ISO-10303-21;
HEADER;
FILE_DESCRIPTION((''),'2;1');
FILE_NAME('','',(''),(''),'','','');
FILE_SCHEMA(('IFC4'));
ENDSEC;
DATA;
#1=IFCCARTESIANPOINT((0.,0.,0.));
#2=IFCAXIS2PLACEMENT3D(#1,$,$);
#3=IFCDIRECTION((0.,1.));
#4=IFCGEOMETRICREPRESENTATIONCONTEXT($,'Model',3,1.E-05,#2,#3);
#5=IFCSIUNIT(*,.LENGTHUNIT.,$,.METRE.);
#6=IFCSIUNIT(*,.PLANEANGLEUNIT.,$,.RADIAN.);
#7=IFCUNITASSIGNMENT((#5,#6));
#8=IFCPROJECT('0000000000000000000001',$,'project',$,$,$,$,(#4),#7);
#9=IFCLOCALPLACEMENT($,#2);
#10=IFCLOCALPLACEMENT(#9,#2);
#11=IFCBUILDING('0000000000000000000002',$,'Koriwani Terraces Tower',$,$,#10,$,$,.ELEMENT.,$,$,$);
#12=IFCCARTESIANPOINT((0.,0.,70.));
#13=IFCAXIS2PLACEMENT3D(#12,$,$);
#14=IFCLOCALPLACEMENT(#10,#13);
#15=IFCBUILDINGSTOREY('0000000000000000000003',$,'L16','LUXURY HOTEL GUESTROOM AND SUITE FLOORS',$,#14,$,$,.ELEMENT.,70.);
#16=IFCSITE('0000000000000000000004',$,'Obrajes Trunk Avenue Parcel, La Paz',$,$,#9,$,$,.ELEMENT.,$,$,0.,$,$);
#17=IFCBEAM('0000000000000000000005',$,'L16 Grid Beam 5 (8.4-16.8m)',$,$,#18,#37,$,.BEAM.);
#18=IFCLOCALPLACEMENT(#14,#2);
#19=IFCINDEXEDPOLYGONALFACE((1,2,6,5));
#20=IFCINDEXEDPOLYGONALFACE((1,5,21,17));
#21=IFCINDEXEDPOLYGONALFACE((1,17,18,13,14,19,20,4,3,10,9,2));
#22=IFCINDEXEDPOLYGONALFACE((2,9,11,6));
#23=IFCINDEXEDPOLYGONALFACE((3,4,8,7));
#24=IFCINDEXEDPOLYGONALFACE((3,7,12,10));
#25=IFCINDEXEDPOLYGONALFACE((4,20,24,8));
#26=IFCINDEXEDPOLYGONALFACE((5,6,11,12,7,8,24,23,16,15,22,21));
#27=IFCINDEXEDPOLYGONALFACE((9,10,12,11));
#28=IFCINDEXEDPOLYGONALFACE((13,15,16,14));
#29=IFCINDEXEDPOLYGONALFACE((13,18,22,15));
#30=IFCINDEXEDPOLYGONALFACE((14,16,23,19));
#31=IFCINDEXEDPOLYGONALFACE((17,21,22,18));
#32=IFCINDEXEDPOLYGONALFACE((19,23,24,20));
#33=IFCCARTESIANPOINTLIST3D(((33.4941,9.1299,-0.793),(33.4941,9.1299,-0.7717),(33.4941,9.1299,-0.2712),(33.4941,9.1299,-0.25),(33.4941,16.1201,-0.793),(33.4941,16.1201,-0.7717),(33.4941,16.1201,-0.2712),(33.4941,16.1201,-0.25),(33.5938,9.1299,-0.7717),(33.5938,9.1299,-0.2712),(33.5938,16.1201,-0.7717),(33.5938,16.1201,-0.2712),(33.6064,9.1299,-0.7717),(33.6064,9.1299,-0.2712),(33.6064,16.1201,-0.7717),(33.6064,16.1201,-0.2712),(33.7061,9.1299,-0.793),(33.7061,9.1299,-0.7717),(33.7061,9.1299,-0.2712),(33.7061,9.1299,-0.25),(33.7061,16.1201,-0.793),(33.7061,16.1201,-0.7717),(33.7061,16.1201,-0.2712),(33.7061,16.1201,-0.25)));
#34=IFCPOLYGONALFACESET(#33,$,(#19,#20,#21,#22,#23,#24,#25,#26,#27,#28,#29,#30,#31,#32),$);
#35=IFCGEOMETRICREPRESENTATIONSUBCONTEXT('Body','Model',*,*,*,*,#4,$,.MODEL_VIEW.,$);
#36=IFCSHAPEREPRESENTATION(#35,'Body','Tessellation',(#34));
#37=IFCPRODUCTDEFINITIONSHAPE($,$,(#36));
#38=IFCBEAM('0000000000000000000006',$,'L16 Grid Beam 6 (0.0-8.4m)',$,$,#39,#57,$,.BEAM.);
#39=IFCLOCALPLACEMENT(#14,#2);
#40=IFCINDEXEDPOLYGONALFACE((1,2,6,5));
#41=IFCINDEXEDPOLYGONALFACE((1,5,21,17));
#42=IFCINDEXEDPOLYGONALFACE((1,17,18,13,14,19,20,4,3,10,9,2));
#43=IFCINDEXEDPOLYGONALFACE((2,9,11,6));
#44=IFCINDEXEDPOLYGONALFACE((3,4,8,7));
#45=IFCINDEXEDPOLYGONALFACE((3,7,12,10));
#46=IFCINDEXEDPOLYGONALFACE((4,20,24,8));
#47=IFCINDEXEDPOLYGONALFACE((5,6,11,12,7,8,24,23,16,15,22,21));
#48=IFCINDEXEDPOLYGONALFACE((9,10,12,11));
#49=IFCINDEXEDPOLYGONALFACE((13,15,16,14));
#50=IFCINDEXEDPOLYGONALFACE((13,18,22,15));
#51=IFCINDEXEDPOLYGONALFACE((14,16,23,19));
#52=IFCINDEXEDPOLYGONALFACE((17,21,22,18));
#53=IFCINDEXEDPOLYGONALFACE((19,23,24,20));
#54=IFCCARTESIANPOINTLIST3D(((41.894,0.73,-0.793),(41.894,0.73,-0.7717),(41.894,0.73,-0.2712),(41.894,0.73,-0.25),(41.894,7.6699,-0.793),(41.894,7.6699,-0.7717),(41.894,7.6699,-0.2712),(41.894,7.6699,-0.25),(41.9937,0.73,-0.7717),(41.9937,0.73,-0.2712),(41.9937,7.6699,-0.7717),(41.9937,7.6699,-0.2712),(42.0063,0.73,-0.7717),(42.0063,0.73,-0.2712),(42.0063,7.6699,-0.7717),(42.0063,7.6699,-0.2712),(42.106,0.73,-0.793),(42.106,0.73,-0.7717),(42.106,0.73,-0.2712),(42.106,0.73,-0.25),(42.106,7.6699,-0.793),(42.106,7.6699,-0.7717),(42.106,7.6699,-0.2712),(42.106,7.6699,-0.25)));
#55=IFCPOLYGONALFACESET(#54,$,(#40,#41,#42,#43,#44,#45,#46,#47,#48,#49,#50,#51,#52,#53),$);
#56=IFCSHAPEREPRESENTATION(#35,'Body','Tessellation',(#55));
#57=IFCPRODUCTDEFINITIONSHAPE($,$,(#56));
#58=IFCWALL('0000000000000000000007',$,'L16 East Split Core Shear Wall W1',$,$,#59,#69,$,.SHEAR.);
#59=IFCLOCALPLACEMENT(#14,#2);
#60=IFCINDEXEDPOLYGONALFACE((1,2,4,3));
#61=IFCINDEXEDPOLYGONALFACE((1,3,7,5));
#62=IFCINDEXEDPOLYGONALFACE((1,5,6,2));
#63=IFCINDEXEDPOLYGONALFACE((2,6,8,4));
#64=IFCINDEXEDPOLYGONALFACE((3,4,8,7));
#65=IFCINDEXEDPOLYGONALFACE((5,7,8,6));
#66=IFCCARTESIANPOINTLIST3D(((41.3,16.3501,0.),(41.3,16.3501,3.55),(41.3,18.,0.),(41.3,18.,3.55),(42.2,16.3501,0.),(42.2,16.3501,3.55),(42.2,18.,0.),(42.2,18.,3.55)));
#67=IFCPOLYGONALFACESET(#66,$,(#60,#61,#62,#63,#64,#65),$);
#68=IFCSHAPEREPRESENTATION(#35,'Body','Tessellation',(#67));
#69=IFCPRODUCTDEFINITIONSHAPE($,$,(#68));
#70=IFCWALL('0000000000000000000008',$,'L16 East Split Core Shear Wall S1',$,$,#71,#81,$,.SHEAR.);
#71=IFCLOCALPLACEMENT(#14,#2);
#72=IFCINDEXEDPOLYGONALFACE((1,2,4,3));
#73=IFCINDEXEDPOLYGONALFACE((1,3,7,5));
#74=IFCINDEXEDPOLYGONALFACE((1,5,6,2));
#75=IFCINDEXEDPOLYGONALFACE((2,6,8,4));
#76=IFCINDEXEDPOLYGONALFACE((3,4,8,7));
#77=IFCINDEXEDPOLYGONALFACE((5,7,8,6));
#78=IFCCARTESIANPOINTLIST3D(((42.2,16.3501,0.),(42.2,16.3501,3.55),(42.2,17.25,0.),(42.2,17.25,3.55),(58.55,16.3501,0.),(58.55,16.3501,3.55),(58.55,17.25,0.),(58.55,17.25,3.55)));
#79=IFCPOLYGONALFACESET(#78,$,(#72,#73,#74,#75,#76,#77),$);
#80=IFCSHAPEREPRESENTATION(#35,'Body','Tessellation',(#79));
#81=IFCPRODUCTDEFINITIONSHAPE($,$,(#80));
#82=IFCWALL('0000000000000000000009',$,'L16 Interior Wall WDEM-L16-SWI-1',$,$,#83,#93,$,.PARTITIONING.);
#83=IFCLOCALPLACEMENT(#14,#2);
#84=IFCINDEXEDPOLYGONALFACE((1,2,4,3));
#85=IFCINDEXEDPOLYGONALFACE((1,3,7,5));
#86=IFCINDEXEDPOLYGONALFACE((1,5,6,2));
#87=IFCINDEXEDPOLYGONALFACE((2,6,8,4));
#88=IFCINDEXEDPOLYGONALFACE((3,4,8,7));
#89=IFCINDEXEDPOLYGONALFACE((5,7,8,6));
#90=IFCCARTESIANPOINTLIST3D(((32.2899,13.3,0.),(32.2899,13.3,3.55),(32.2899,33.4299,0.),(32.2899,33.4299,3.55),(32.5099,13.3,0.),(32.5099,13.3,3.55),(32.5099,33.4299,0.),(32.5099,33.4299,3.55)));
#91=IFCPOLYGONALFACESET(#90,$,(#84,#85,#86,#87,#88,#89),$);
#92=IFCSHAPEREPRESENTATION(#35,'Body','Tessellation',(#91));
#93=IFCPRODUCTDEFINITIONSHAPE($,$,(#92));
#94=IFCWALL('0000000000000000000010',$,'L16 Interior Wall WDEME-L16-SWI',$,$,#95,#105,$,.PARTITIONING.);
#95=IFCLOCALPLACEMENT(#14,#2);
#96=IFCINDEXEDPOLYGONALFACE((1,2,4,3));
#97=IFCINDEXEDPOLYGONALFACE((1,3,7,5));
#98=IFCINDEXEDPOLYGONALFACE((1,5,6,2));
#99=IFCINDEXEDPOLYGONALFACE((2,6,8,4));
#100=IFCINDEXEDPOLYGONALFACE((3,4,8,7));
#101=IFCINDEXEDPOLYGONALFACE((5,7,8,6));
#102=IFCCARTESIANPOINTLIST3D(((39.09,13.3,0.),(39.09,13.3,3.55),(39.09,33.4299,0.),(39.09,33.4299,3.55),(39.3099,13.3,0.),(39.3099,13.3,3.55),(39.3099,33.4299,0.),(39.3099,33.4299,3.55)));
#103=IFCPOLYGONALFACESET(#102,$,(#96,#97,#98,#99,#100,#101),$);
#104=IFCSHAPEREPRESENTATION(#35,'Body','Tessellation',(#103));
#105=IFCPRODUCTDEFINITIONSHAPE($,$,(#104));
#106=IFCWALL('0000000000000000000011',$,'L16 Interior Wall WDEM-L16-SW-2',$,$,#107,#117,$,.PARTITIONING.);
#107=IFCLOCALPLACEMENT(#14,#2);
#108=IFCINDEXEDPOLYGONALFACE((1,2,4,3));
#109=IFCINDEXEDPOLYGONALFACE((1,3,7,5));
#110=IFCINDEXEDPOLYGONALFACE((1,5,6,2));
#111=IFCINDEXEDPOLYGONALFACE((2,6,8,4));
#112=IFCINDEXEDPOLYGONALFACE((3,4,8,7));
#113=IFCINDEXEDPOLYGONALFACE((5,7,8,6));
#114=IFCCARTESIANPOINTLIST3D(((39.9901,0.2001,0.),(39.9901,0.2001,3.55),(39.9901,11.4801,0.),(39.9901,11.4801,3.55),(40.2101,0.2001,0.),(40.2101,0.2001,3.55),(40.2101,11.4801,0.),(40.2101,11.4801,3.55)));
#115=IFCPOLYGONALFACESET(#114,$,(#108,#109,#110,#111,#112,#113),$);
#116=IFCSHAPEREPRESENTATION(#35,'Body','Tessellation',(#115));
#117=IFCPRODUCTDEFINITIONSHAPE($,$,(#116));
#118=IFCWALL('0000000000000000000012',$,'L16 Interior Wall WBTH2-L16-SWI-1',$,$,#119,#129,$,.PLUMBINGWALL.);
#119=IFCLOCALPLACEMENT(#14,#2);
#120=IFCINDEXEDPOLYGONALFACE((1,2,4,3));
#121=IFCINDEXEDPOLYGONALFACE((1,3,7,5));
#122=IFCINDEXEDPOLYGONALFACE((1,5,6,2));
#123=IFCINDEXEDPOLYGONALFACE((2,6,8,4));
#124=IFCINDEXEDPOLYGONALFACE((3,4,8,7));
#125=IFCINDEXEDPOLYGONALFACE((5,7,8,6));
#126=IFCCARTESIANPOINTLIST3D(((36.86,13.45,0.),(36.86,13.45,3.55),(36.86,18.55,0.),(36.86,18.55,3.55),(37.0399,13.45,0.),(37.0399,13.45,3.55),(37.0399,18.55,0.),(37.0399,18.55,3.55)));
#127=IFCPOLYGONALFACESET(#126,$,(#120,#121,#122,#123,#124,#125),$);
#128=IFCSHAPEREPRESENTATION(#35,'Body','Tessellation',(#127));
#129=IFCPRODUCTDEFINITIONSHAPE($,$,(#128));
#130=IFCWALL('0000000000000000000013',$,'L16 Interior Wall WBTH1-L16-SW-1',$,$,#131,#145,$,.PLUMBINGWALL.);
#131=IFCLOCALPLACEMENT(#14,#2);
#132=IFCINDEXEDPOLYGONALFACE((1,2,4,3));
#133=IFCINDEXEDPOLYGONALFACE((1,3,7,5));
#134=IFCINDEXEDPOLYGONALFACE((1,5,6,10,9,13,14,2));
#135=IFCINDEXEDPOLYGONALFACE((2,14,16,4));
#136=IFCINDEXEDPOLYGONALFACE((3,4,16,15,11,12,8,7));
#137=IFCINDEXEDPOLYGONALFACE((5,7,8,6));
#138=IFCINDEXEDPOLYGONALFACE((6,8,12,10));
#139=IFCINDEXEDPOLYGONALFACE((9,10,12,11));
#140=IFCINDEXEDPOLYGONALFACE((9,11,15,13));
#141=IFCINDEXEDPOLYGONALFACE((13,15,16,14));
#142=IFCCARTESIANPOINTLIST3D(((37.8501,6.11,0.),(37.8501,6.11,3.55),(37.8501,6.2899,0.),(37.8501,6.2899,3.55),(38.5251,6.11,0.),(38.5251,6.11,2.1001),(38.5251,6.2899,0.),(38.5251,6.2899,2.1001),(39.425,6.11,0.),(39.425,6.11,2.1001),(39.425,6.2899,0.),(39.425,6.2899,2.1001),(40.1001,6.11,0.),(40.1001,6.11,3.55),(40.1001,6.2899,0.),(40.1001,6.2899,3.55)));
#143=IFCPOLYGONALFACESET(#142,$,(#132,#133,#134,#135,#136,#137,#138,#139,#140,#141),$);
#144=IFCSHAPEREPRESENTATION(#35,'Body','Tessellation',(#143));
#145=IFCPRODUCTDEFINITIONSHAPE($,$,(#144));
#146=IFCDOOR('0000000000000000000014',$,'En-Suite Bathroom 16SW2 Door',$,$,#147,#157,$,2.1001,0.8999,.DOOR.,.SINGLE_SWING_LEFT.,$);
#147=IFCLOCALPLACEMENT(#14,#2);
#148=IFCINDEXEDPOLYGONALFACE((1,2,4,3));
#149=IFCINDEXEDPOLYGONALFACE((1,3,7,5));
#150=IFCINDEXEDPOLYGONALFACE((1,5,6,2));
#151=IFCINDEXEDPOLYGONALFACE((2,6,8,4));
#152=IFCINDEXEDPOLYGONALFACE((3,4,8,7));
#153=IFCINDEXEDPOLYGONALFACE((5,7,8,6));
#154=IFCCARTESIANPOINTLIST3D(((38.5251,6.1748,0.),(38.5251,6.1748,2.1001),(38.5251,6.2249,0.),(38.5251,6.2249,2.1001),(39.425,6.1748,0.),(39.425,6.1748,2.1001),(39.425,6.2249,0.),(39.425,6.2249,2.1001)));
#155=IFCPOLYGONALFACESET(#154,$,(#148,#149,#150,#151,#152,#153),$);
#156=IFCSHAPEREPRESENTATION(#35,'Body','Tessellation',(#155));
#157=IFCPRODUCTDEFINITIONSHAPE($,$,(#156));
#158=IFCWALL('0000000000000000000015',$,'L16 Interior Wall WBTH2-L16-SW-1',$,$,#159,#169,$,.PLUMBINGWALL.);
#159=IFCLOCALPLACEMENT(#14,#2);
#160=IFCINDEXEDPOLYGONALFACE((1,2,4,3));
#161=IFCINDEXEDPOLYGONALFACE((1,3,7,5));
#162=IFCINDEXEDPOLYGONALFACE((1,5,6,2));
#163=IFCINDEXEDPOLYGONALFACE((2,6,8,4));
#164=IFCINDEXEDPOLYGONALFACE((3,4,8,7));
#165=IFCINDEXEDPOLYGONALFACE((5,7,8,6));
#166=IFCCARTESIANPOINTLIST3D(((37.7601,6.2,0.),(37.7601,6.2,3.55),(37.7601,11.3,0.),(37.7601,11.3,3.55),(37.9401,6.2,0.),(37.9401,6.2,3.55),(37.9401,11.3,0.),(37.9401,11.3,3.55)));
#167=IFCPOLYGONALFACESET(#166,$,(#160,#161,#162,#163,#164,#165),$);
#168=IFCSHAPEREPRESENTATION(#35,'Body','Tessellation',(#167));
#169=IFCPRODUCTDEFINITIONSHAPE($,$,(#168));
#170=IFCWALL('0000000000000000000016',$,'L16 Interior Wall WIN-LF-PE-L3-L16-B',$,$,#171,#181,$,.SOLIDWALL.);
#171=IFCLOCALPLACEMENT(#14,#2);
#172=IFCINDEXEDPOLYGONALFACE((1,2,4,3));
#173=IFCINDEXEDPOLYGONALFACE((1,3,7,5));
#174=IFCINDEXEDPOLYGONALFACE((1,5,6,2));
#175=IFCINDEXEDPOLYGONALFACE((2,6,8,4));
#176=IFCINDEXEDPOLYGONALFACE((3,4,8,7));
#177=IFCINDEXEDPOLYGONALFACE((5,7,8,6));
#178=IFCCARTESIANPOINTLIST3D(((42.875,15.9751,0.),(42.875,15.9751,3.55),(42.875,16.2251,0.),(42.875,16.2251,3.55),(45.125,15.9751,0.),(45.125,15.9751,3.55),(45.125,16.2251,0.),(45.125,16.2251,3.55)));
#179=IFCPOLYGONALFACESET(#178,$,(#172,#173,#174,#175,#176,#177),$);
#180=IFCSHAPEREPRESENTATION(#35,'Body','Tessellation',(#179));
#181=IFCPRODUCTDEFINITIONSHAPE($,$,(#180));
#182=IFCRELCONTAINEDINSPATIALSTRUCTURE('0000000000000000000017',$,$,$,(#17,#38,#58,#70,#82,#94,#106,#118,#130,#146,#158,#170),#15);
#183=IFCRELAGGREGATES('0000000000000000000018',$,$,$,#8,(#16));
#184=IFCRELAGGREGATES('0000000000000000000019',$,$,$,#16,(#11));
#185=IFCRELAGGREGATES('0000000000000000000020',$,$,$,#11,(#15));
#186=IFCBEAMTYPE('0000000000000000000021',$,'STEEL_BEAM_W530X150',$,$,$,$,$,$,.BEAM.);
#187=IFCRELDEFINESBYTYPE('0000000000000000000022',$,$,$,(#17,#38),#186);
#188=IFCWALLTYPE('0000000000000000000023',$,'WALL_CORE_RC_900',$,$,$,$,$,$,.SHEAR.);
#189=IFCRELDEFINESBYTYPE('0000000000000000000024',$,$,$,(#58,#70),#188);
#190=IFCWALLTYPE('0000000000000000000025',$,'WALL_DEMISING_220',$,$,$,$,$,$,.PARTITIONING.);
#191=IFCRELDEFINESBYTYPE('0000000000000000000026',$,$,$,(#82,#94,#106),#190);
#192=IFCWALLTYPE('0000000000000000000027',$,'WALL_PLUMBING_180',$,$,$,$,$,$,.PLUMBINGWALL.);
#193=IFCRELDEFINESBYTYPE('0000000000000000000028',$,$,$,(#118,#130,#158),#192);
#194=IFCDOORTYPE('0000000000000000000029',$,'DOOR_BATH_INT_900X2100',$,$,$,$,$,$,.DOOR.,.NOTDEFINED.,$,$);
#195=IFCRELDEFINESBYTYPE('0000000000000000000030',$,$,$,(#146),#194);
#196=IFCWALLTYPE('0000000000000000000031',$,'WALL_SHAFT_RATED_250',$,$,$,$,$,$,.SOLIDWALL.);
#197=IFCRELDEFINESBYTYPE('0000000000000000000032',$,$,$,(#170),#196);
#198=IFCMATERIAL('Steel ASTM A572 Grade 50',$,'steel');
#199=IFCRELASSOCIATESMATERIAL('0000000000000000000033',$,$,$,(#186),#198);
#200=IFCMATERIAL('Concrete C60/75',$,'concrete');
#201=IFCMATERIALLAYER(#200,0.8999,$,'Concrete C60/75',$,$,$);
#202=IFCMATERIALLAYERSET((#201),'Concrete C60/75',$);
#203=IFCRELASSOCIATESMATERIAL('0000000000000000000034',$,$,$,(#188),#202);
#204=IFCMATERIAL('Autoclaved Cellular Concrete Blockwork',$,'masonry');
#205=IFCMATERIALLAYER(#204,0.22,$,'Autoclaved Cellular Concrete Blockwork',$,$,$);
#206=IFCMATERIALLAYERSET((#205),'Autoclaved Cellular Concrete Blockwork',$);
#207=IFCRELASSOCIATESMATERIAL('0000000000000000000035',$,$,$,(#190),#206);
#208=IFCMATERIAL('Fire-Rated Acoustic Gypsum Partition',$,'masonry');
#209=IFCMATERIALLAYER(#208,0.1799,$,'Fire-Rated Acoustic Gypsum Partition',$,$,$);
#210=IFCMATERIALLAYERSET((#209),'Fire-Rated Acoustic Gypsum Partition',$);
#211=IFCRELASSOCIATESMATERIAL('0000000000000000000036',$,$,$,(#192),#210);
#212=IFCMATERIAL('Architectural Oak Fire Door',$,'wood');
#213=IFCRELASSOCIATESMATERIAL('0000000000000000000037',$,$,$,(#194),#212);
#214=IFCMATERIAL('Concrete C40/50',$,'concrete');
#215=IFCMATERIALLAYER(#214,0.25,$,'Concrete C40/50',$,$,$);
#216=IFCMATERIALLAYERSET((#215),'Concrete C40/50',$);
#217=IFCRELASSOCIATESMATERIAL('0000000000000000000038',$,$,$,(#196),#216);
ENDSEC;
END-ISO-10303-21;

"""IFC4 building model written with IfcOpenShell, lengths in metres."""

from ifc_helpers import new_model, si_unit, direction, frame, frame_2d, origin, origin_2d, place, context, subcontext, project, spatial, rectangle, i_section, extrude, material, layer, layer_set, material_profile, profile_set, type_object, element, fill, save


model = new_model("IFC4")

# Units and contexts
model_context = context("Model", 3, precision=1e-05, world=origin(), true_north=direction((0.0, 1.0)))
body_context = subcontext(model_context, "Body", "Model", "MODEL_VIEW")
ifc_project = project(units=[si_unit("LENGTHUNIT", "METRE"), si_unit("PLANEANGLEUNIT", "RADIAN")], contexts=[model_context])

# Site, building, storey
site_placement = place(None, origin())
site = spatial("IfcSite", under=ifc_project, at=site_placement, Name="Obrajes Trunk Avenue Parcel, La Paz", CompositionType="ELEMENT", RefElevation=0.0)
building_placement = place(site_placement, origin())
building = spatial("IfcBuilding", under=site, at=building_placement, Name="Koriwani Terraces Tower", CompositionType="ELEMENT")
storey_placement = place(building_placement, frame((0.0, 0.0, 70.0)))
storey = spatial("IfcBuildingStorey", under=building, at=storey_placement, Name="L16", Description="LUXURY HOTEL GUESTROOM AND SUITE FLOORS", CompositionType="ELEMENT", Elevation=70.0)

# Shared definitions
ifc_material_1 = material(Name="Concrete C60/75", Category="concrete")

# Beams
ifc_material_2 = material(Name="Concrete C40/50", Category="concrete")
ifc_material_3 = material(Name="Steel ASTM A572 Grade 50", Category="steel")
ifc_material_profile_1 = material_profile(ifc_material_3, i_section(OverallWidth=0.2119, OverallDepth=0.543, WebThickness=0.0127, FlangeThickness=0.0212, at=origin_2d()), Name="Steel ASTM A572 Grade 50", Category="LoadBearing")
ifc_profile_set_1 = profile_set([ifc_material_profile_1], Name="Steel ASTM A572 Grade 50")
beam_type_1 = type_object("IfcBeamType", Name="STEEL_BEAM_W530X150", PredefinedType="BEAM", material=ifc_profile_set_1)
beam_1_placement = place(storey_placement, frame((33.6001, 9.1299, -0.5215), z_axis=(0.0, 1.0, 0.0), x_axis=(-1.0, 0.0, 0.0)))
element("IfcBeam", 1, at=beam_1_placement, inside=storey, type_object=beam_type_1, Name="L16 Grid Beam 5 (8.4-16.8m)", PredefinedType="BEAM", context=body_context, shape_type="SweptSolid", body=[
    extrude(i_section(OverallWidth=0.2119, OverallDepth=0.543, WebThickness=0.0127, FlangeThickness=0.0212, at=origin_2d()), origin(), (0.0, 0.0, 1.0), 6.9902),
])
beam_2_placement = place(storey_placement, frame((42.0, 0.73, -0.5215), z_axis=(0.0, 1.0, 0.0), x_axis=(-1.0, 0.0, 0.0)))
element("IfcBeam", 2, at=beam_2_placement, inside=storey, type_object=beam_type_1, Name="L16 Grid Beam 6 (0.0-8.4m)", PredefinedType="BEAM", context=body_context, shape_type="SweptSolid", body=[
    extrude(i_section(OverallWidth=0.2119, OverallDepth=0.543, WebThickness=0.0127, FlangeThickness=0.0212, at=origin_2d()), origin(), (0.0, 0.0, 1.0), 6.9399),
])

# Walls
ifc_layer_1 = layer(ifc_material_1, 0.8999, Name="Concrete C60/75")
ifc_layer_set_1 = layer_set([ifc_layer_1], Name="Concrete C60/75")
wall_type_1 = type_object("IfcWallType", Name="WALL_CORE_RC_900", PredefinedType="SHEAR", material=ifc_layer_set_1)
wall_1_placement = place(storey_placement, frame((41.75, 16.3501, 0.0), z_axis=(0.0, 0.0, 1.0), x_axis=(0.0, 1.0, 0.0)))
element("IfcWall", 3, at=wall_1_placement, inside=storey, type_object=wall_type_1, Name="L16 East Split Core Shear Wall W1", PredefinedType="SHEAR", context=body_context, shape_type="SweptSolid", body=[
    extrude(rectangle(XDim=1.6499, YDim=0.8999, at=frame_2d((0.825, 0.0))), origin(), (0.0, 0.0, 1.0), 3.55),
])
wall_2_placement = place(storey_placement, frame((42.2, 16.8, 0.0), z_axis=(0.0, 0.0, 1.0), x_axis=(1.0, 0.0, 0.0)))
element("IfcWall", 4, at=wall_2_placement, inside=storey, type_object=wall_type_1, Name="L16 East Split Core Shear Wall S1", PredefinedType="SHEAR", context=body_context, shape_type="SweptSolid", body=[
    extrude(rectangle(XDim=16.3501, YDim=0.8999, at=frame_2d((8.175, 0.0))), origin(), (0.0, 0.0, 1.0), 3.55),
])
ifc_material_4 = material(Name="Autoclaved Cellular Concrete Blockwork", Category="masonry")
ifc_layer_2 = layer(ifc_material_4, 0.22, Name="Autoclaved Cellular Concrete Blockwork")
ifc_layer_set_2 = layer_set([ifc_layer_2], Name="Autoclaved Cellular Concrete Blockwork")
wall_type_2 = type_object("IfcWallType", Name="WALL_DEMISING_220", PredefinedType="PARTITIONING", material=ifc_layer_set_2)
for number, where, z_axis, x_axis, name in (
    (5, (32.3999, 13.3, 0.0), (0.0, 0.0, 1.0), (0.0, 1.0, 0.0), "L16 Interior Wall WDEM-L16-SWI-1"),
    (6, (39.2, 13.3, 0.0), (0.0, 0.0, 1.0), (0.0, 1.0, 0.0), "L16 Interior Wall WDEME-L16-SWI"),
):
    element("IfcWall", number, at=place(storey_placement, frame(where, z_axis=z_axis, x_axis=x_axis)), inside=storey, type_object=wall_type_2, Name=name, PredefinedType="PARTITIONING", context=body_context, shape_type="SweptSolid", body=[
        extrude(rectangle(XDim=20.1299, YDim=0.22, at=frame_2d((10.0649, 0.0))), origin(), (0.0, 0.0, 1.0), 3.55),
    ])
wall_3_placement = place(storey_placement, frame((40.1001, 0.2, 0.0), z_axis=(0.0, 0.0, 1.0), x_axis=(0.0, 1.0, 0.0)))
element("IfcWall", 7, at=wall_3_placement, inside=storey, type_object=wall_type_2, Name="L16 Interior Wall WDEM-L16-SW-2", PredefinedType="PARTITIONING", context=body_context, shape_type="SweptSolid", body=[
    extrude(rectangle(XDim=11.28, YDim=0.22, at=frame_2d((5.6401, 0.0))), origin(), (0.0, 0.0, 1.0), 3.55),
])
ifc_material_5 = material(Name="Fire-Rated Acoustic Gypsum Partition", Category="masonry")
ifc_layer_3 = layer(ifc_material_5, 0.1799, Name="Fire-Rated Acoustic Gypsum Partition")
ifc_layer_set_3 = layer_set([ifc_layer_3], Name="Fire-Rated Acoustic Gypsum Partition")
wall_type_3 = type_object("IfcWallType", Name="WALL_PLUMBING_180", PredefinedType="PLUMBINGWALL", material=ifc_layer_set_3)
wall_4_placement = place(storey_placement, frame((36.95, 13.45, 0.0), z_axis=(0.0, 0.0, 1.0), x_axis=(0.0, 1.0, 0.0)))
element("IfcWall", 8, at=wall_4_placement, inside=storey, type_object=wall_type_3, Name="L16 Interior Wall WBTH2-L16-SWI-1", PredefinedType="PLUMBINGWALL", context=body_context, shape_type="SweptSolid", body=[
    extrude(rectangle(XDim=5.1001, YDim=0.1799, at=frame_2d((2.55, 0.0))), origin(), (0.0, 0.0, 1.0), 3.55),
])

# Wall, opening, door
wall_5_placement = place(storey_placement, frame((37.8501, 6.2, 0.0), z_axis=(0.0, 0.0, 1.0), x_axis=(1.0, 0.0, 0.0)))
wall_5 = element("IfcWall", 9, at=wall_5_placement, inside=storey, type_object=wall_type_3, Name="L16 Interior Wall WBTH1-L16-SW-1", PredefinedType="PLUMBINGWALL", context=body_context, shape_type="SweptSolid", body=[
    extrude(rectangle(XDim=2.25, YDim=0.1799, at=frame_2d((1.125, 0.0))), origin(), (0.0, 0.0, 1.0), 3.55),
])
opening_1_placement = place(wall_5_placement, frame((0.675, 0.0, 0.0)))
opening_1 = element("IfcOpeningElement", 10, at=opening_1_placement, cuts=wall_5, PredefinedType="OPENING", context=body_context, shape_type="SweptSolid", body=[
    extrude(rectangle(XDim=0.8999, YDim=2.1001, at=frame_2d((0.45, 1.05))), frame((0.0, 0.1001, 0.0), z_axis=(0.0, -1.0, 0.0), x_axis=(1.0, 0.0, 0.0)), (0.0, 0.0, 1.0), 0.2),
])
ifc_material_6 = material(Name="Architectural Oak Fire Door", Category="wood")
door_type_1 = type_object("IfcDoorType", Name="DOOR_BATH_INT_900X2100", OperationType="NOTDEFINED", PredefinedType="DOOR", material=ifc_material_6)
door_1_placement = place(opening_1_placement, origin())
door_1 = element("IfcDoor", 11, at=door_1_placement, inside=storey, type_object=door_type_1, Name="En-Suite Bathroom 16SW2 Door", OperationType="SINGLE_SWING_LEFT", OverallHeight=2.1001, OverallWidth=0.8999, PredefinedType="DOOR", context=body_context, shape_type="SweptSolid", body=[
    extrude(rectangle(XDim=0.8999, YDim=2.1001, at=frame_2d((0.45, 1.05))), frame((0.0, 0.0249, 0.0), z_axis=(0.0, -1.0, 0.0), x_axis=(1.0, 0.0, 0.0)), (0.0, 0.0, 1.0), 0.05),
])
fill(opening_1, door_1)

# Wall
wall_6_placement = place(storey_placement, frame((37.8501, 6.2, 0.0), z_axis=(0.0, 0.0, 1.0), x_axis=(0.0, 1.0, 0.0)))
element("IfcWall", 12, at=wall_6_placement, inside=storey, type_object=wall_type_3, Name="L16 Interior Wall WBTH2-L16-SW-1", PredefinedType="PLUMBINGWALL", context=body_context, shape_type="SweptSolid", body=[
    extrude(rectangle(XDim=5.1001, YDim=0.1799, at=frame_2d((2.55, 0.0))), origin(), (0.0, 0.0, 1.0), 3.55),
])

# Shared definitions
ifc_layer_4 = layer(ifc_material_2, 0.25, Name="Concrete C40/50")
ifc_layer_set_4 = layer_set([ifc_layer_4], Name="Concrete C40/50")
wall_type_4 = type_object("IfcWallType", Name="WALL_SHAFT_RATED_250", PredefinedType="SOLIDWALL", material=ifc_layer_set_4)

# Wall
for number, where, z_axis, x_axis, name in (
    (13, (42.875, 16.1001, 0.0), (0.0, 0.0, 1.0), (1.0, 0.0, 0.0), "L16 Interior Wall WIN-LF-PE-L3-L16-B"),
):
    element("IfcWall", number, at=place(storey_placement, frame(where, z_axis=z_axis, x_axis=x_axis)), inside=storey, type_object=wall_type_4, Name=name, PredefinedType="SOLIDWALL", context=body_context, shape_type="SweptSolid", body=[
        extrude(rectangle(XDim=2.25, YDim=0.25, at=frame_2d((1.125, 0.0))), origin(), (0.0, 0.0, 1.0), 3.55),
    ])

save(model, "model.ifc")
